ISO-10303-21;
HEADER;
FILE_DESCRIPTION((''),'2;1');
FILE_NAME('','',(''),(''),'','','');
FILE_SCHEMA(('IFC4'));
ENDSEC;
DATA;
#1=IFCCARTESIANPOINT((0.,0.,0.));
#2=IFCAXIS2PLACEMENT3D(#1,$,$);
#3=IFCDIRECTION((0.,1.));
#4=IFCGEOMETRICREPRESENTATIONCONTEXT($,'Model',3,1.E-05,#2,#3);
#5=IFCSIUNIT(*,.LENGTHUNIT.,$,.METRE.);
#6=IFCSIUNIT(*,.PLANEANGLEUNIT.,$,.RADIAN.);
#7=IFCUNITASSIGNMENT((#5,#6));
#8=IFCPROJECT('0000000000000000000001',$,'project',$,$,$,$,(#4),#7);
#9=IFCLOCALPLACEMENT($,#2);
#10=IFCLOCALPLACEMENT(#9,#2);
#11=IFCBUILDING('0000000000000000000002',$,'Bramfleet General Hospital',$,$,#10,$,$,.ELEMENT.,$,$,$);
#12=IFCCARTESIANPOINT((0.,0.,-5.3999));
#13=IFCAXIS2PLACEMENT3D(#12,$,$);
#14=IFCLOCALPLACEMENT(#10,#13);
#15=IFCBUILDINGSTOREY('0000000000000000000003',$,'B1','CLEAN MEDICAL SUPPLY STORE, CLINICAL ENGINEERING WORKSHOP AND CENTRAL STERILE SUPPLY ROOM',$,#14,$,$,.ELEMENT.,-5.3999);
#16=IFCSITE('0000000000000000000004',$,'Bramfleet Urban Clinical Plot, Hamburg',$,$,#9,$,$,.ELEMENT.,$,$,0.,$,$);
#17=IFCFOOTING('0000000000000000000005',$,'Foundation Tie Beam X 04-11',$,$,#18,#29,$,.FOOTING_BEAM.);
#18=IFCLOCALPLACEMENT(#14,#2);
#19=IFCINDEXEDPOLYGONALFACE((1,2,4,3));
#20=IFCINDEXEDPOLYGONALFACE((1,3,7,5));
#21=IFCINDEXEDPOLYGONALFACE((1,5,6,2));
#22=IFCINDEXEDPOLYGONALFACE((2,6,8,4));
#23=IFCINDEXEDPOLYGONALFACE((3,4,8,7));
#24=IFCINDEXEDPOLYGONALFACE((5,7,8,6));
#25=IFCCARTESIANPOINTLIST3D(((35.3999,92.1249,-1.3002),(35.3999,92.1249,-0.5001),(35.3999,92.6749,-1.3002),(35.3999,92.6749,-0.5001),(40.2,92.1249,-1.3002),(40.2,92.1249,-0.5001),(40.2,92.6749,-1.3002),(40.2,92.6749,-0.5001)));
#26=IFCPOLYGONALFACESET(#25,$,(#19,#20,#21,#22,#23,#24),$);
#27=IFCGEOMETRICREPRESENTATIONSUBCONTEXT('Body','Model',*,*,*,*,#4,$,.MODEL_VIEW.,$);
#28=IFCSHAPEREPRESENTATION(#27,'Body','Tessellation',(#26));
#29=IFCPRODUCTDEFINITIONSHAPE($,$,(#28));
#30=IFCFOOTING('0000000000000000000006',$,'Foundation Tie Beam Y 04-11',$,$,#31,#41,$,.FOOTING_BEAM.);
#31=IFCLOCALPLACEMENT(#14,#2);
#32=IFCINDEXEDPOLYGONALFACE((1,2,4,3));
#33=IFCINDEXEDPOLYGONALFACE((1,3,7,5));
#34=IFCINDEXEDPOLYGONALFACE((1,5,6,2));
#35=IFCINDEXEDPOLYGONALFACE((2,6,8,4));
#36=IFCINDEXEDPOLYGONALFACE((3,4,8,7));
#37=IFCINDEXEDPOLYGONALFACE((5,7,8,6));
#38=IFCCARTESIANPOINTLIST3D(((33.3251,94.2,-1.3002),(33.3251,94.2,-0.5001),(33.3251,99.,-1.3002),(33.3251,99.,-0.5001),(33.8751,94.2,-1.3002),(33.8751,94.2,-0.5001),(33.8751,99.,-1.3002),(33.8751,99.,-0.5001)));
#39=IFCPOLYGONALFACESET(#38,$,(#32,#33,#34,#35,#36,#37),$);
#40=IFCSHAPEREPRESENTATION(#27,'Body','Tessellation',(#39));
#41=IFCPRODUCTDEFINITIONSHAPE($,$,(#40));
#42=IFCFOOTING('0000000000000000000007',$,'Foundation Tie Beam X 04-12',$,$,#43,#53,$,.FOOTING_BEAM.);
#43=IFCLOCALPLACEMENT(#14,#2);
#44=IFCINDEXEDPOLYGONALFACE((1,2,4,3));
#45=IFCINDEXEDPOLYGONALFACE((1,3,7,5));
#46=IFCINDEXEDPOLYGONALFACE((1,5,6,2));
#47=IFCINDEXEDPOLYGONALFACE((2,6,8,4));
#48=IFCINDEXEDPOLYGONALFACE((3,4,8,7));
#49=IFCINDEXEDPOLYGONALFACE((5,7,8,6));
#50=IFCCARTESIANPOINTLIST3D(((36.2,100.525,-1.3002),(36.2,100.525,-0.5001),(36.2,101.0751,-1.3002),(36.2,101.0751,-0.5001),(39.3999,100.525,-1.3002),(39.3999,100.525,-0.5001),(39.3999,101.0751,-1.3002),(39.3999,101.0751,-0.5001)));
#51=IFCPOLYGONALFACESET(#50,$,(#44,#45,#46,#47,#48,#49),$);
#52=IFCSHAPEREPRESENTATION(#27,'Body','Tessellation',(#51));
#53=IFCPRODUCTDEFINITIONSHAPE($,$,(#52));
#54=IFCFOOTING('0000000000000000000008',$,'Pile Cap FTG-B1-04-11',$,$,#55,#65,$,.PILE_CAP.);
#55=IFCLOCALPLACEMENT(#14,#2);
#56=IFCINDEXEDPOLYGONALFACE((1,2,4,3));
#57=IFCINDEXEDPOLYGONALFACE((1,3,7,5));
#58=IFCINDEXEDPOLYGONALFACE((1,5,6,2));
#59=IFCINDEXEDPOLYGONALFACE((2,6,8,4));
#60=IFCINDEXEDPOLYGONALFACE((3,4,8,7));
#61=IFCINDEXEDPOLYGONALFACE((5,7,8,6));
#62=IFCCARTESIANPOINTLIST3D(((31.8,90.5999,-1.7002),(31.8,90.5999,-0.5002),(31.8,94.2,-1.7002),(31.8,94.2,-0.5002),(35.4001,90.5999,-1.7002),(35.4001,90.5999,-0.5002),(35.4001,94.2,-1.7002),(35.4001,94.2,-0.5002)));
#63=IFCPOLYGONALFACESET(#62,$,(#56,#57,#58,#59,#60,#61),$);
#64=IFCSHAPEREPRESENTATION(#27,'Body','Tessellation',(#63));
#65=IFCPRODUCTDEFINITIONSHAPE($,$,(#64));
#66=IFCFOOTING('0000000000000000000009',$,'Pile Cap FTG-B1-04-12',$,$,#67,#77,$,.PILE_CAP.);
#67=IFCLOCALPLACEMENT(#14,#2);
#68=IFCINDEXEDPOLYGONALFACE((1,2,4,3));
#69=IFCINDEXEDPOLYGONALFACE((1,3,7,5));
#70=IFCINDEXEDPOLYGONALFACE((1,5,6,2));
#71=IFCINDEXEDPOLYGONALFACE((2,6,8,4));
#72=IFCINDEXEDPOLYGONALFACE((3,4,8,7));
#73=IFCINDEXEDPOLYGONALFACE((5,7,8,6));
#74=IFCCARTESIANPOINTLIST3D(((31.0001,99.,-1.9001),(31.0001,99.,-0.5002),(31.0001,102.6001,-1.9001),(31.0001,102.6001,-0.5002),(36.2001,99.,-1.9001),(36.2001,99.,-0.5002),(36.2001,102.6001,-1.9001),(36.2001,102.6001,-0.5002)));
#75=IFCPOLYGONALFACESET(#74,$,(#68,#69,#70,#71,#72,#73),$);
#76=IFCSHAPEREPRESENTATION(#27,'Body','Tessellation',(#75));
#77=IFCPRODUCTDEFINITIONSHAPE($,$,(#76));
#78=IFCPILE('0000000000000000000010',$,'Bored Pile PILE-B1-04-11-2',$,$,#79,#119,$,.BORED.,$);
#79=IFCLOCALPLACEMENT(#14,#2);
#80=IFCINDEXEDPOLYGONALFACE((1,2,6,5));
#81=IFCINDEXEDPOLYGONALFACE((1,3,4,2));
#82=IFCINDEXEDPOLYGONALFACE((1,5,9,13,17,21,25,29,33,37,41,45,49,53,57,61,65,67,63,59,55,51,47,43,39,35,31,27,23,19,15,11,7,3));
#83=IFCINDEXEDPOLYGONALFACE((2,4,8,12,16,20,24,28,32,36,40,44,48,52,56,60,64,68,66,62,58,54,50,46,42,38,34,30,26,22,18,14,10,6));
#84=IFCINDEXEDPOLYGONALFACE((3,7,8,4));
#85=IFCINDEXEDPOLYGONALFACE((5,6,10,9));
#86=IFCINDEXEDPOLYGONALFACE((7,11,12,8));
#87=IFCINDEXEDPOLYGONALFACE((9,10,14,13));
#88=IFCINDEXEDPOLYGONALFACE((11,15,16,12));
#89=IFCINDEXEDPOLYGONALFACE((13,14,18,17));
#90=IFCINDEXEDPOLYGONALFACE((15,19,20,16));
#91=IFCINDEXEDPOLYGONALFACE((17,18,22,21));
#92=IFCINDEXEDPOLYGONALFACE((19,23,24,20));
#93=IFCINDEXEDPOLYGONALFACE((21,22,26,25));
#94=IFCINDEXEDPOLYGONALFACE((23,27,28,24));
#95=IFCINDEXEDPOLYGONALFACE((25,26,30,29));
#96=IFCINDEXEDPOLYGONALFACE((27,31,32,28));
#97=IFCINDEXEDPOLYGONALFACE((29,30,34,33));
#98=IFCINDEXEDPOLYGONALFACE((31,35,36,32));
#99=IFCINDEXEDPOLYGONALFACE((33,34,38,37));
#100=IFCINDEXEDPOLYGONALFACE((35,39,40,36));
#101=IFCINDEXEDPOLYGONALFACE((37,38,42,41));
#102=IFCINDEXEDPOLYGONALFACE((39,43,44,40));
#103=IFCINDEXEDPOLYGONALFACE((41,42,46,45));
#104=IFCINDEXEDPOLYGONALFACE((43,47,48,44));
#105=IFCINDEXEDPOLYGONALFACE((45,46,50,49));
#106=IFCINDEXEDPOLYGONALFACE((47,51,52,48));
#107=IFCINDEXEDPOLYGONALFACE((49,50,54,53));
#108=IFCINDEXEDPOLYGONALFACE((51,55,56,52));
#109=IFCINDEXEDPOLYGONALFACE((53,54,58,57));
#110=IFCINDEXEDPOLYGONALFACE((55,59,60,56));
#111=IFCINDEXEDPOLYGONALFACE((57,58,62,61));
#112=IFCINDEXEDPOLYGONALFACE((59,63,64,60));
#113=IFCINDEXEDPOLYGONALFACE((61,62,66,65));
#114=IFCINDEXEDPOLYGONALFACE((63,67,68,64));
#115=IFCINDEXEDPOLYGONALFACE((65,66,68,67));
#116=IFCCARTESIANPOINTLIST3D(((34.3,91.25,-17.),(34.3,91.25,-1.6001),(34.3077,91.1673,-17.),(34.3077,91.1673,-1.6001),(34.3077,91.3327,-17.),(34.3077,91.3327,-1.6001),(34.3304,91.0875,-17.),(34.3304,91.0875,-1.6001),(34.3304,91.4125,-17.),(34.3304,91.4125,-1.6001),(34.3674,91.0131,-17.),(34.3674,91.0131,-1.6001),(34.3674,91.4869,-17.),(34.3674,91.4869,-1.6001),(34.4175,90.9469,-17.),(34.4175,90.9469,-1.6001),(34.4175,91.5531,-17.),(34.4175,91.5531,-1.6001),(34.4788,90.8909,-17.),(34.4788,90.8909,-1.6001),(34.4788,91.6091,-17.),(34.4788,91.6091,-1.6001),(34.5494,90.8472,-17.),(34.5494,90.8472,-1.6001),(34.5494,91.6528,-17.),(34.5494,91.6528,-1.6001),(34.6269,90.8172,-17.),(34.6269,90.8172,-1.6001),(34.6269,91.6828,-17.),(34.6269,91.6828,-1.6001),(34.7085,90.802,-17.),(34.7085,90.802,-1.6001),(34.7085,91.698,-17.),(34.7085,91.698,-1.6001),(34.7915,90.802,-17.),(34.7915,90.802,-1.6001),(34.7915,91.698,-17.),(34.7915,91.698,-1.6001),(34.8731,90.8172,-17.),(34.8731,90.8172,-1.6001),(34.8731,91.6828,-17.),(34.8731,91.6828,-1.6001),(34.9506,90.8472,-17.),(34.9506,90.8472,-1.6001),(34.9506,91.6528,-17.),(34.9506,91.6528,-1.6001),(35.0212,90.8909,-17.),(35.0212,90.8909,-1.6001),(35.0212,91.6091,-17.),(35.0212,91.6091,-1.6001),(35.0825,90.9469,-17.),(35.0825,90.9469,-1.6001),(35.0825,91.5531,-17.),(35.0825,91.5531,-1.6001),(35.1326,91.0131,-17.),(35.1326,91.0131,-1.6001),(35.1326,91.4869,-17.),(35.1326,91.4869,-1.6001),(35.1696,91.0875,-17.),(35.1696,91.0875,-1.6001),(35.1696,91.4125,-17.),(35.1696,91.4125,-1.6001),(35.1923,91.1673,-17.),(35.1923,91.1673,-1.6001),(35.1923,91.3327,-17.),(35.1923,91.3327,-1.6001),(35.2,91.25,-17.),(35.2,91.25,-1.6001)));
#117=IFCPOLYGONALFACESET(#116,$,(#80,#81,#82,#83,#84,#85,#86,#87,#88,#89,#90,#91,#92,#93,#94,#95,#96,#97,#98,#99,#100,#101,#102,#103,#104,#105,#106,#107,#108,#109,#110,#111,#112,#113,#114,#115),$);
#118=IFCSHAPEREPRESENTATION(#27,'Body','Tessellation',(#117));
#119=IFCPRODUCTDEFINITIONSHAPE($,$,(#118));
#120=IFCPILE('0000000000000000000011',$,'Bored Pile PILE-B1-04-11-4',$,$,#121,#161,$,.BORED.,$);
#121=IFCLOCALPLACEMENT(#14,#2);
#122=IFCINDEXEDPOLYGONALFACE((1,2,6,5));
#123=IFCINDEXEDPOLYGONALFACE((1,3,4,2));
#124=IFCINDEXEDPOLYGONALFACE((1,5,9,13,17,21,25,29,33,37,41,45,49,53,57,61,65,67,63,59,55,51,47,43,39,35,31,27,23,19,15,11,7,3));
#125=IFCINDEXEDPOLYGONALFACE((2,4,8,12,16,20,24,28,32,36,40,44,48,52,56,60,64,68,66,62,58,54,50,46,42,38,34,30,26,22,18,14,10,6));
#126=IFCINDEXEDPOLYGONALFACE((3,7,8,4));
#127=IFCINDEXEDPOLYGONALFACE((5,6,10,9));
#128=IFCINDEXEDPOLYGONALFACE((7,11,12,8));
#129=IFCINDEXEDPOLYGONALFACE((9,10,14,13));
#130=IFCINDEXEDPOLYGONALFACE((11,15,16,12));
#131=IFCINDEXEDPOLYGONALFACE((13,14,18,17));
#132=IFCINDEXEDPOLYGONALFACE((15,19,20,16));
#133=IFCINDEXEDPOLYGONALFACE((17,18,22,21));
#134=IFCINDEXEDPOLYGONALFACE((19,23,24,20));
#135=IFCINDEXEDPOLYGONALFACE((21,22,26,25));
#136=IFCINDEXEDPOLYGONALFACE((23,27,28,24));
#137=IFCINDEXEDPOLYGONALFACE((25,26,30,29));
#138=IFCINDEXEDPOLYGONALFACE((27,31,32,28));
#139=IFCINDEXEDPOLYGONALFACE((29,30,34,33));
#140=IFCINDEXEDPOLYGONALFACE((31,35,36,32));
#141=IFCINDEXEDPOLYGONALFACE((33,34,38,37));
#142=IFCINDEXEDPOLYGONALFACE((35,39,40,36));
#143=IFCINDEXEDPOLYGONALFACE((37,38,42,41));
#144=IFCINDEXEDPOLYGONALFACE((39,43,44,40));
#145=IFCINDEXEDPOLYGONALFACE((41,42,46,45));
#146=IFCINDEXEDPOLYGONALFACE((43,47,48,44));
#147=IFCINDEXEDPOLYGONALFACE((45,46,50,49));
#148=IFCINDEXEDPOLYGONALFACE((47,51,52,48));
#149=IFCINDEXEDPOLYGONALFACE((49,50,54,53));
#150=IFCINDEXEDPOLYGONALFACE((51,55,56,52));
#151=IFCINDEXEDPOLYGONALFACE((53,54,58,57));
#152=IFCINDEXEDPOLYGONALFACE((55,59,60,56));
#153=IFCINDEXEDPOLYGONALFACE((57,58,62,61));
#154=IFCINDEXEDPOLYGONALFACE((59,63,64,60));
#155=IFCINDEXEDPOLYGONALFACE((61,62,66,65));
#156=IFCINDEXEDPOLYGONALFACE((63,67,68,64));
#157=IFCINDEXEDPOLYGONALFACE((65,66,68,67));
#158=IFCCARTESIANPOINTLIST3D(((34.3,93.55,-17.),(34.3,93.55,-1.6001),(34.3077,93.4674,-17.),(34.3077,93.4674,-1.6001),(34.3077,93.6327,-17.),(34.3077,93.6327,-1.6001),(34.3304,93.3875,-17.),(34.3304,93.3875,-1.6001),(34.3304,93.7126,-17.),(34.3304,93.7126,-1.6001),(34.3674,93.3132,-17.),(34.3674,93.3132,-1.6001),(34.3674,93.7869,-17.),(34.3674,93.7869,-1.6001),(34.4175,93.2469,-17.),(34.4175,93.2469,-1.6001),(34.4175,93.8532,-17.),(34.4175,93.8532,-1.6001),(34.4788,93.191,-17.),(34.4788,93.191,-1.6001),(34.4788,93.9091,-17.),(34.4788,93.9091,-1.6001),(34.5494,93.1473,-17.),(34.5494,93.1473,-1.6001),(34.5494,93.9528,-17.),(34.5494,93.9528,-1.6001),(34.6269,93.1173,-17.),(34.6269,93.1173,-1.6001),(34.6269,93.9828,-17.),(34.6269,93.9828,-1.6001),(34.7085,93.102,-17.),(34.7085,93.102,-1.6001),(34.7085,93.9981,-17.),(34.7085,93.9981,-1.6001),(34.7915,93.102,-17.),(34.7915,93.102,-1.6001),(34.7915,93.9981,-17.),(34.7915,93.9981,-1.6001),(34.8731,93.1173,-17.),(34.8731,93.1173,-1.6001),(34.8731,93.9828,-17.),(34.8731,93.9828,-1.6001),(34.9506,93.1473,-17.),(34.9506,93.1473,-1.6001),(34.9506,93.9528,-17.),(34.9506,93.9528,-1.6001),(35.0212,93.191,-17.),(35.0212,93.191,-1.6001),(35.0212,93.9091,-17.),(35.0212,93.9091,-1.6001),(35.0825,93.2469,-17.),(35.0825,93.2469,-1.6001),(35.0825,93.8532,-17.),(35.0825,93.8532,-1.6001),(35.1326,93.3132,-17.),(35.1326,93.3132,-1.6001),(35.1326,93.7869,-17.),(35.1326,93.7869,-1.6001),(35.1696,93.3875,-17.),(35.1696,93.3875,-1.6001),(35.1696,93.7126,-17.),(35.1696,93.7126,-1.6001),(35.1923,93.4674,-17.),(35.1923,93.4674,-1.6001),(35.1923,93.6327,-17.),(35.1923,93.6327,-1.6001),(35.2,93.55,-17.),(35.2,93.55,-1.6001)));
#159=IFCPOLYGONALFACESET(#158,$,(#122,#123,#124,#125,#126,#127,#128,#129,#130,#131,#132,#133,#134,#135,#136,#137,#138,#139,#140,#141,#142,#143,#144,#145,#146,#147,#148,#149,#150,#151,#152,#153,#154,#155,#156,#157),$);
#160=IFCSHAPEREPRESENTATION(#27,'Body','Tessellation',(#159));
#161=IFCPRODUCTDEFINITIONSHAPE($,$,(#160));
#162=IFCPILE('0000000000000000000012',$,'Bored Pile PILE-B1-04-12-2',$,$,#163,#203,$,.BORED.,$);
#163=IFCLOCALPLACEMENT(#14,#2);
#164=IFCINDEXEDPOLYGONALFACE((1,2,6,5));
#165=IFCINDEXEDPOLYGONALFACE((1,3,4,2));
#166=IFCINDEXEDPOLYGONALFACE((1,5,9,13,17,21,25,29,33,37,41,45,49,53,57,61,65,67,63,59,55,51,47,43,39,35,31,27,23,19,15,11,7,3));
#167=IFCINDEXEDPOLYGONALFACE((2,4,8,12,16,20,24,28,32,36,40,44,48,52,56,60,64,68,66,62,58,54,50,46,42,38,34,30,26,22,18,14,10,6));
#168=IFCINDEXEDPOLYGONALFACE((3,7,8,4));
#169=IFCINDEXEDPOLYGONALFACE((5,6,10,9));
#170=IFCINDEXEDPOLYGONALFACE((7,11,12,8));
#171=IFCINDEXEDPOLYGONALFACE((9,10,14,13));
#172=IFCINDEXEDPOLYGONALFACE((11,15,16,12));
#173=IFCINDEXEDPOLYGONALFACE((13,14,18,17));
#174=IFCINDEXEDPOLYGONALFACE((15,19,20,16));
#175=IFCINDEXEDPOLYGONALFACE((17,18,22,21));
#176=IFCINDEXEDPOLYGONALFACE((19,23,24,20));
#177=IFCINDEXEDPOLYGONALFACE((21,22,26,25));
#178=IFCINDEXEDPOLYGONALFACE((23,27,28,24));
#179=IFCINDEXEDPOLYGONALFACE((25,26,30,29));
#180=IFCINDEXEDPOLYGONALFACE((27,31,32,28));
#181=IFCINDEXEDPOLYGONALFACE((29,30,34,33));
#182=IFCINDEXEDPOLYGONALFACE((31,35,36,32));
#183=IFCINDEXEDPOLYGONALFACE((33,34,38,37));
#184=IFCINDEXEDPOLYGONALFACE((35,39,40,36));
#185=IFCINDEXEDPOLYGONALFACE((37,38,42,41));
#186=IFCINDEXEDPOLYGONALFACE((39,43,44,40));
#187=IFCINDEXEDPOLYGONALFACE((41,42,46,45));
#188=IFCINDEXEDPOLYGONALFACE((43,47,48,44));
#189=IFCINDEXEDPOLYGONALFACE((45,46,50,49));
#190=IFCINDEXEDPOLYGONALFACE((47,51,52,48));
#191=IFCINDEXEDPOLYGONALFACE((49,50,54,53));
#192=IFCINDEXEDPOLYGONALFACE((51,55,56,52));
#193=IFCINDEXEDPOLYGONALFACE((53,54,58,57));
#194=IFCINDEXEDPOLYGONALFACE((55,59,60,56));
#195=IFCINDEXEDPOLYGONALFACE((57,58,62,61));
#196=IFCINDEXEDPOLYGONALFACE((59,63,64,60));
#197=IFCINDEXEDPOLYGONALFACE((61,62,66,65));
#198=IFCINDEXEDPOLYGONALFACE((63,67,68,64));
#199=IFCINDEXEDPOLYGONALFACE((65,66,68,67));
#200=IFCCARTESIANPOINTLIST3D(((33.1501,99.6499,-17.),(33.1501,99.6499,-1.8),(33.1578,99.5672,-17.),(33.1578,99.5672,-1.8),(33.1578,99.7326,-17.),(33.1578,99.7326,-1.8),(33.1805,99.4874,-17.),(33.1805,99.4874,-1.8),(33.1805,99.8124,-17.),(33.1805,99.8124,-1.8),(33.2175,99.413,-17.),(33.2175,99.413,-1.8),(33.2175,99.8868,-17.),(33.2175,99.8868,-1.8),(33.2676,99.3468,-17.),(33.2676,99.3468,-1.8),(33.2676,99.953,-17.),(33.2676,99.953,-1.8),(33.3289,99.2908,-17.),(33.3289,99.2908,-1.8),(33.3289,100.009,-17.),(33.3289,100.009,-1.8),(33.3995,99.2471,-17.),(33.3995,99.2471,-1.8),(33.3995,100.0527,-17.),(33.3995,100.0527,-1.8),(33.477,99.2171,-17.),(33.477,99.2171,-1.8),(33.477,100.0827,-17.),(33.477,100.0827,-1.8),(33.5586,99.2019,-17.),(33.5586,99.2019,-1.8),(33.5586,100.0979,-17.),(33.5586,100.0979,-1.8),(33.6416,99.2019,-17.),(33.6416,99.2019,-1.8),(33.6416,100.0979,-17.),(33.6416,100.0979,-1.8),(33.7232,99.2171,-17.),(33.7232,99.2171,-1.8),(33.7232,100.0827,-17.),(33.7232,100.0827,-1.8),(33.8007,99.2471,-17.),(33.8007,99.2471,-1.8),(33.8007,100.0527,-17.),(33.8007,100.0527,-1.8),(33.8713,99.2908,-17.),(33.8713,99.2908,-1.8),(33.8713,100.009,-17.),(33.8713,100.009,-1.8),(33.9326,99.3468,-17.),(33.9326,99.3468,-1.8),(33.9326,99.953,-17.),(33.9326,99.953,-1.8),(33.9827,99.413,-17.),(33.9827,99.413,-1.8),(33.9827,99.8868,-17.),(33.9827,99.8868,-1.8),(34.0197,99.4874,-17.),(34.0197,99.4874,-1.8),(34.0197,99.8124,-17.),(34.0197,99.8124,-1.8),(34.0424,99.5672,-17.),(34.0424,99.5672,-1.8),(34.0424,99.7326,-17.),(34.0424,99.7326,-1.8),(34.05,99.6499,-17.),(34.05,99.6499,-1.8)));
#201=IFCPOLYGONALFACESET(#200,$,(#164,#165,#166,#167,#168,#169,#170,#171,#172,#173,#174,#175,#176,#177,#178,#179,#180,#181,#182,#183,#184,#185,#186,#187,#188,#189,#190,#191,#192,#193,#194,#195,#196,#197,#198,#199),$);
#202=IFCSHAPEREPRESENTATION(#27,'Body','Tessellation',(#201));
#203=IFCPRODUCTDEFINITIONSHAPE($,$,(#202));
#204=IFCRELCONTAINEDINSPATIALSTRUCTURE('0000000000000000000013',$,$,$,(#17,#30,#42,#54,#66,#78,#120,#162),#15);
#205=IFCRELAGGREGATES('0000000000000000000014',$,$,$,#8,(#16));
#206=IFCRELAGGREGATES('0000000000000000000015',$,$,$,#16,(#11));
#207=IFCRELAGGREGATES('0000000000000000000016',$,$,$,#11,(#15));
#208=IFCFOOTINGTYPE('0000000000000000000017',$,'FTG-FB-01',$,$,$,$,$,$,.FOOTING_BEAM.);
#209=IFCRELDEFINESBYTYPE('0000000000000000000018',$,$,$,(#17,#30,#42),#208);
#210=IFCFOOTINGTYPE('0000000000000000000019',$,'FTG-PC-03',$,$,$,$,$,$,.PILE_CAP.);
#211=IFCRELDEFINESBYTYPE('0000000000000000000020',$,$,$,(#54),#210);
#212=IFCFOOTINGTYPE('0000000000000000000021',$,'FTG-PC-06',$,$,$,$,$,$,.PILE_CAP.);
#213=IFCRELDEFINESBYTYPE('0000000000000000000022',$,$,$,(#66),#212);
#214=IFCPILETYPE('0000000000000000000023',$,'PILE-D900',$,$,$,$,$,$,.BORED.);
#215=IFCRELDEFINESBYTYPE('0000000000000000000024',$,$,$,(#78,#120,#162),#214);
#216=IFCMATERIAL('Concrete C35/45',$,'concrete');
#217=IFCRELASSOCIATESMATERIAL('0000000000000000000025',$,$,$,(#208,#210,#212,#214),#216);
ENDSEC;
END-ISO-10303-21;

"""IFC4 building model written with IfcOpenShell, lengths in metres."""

from ifc_helpers import new_model, si_unit, direction, frame, origin, origin_2d, place, context, subcontext, project, spatial, rectangle, circle, extrude, material, material_profile, profile_set, type_object, element, save


model = new_model("IFC4")

# Units and contexts
model_context = context("Model", 3, precision=1e-05, world=origin(), true_north=direction((0.0, 1.0)))
body_context = subcontext(model_context, "Body", "Model", "MODEL_VIEW")
ifc_project = project(units=[si_unit("LENGTHUNIT", "METRE"), si_unit("PLANEANGLEUNIT", "RADIAN")], contexts=[model_context])

# Site, building, storey
site_placement = place(None, origin())
site = spatial("IfcSite", under=ifc_project, at=site_placement, Name="Bramfleet Urban Clinical Plot, Hamburg", CompositionType="ELEMENT", RefElevation=0.0)
building_placement = place(site_placement, origin())
building = spatial("IfcBuilding", under=site, at=building_placement, Name="Bramfleet General Hospital", CompositionType="ELEMENT")
storey_placement = place(building_placement, frame((0.0, 0.0, -5.3999)))
storey = spatial("IfcBuildingStorey", under=building, at=storey_placement, Name="B1", Description="CLEAN MEDICAL SUPPLY STORE, CLINICAL ENGINEERING WORKSHOP AND CENTRAL STERILE SUPPLY ROOM", CompositionType="ELEMENT", Elevation=-5.3999)

# Footings
ifc_material_1 = material(Name="Concrete C35/45", Category="concrete")
ifc_material_profile_1 = material_profile(ifc_material_1, rectangle(XDim=0.55, YDim=0.8, at=origin_2d()), Name="RC FB 800x550")
ifc_profile_set_1 = profile_set([ifc_material_profile_1], Name="Concrete C35/45")
footing_type_1 = type_object("IfcFootingType", Name="FTG-FB-01", PredefinedType="FOOTING_BEAM", material=ifc_profile_set_1)
for number, where, z_axis, x_axis, name in (
    (1, (35.3999, 92.3999, -0.9001), (1.0, 0.0, 0.0), (0.0, 1.0, 0.0), "Foundation Tie Beam X 04-11"),
    (2, (33.6001, 94.2, -0.9001), (0.0, 1.0, 0.0), (-1.0, 0.0, 0.0), "Foundation Tie Beam Y 04-11"),
):
    element("IfcFooting", number, at=place(storey_placement, frame(where, z_axis=z_axis, x_axis=x_axis)), inside=storey, type_object=footing_type_1, Name=name, PredefinedType="FOOTING_BEAM", context=body_context, shape_type="SweptSolid", body=[
        extrude(rectangle(XDim=0.55, YDim=0.8, at=origin_2d()), origin(), (0.0, 0.0, 1.0), 4.8),
    ])
footing_1_placement = place(storey_placement, frame((36.2, 100.8, -0.9001), z_axis=(1.0, 0.0, 0.0), x_axis=(0.0, 1.0, 0.0)))
element("IfcFooting", 3, at=footing_1_placement, inside=storey, type_object=footing_type_1, Name="Foundation Tie Beam X 04-12", PredefinedType="FOOTING_BEAM", context=body_context, shape_type="SweptSolid", body=[
    extrude(rectangle(XDim=0.55, YDim=0.8, at=origin_2d()), origin(), (0.0, 0.0, 1.0), 3.2),
])
footing_type_2 = type_object("IfcFootingType", Name="FTG-PC-03", PredefinedType="PILE_CAP", material=ifc_material_1)
footing_2_placement = place(storey_placement, frame((33.6001, 92.3999, -1.7002), z_axis=(0.0, 0.0, 1.0), x_axis=(1.0, 0.0, 0.0)))
element("IfcFooting", 4, at=footing_2_placement, inside=storey, type_object=footing_type_2, Name="Pile Cap FTG-B1-04-11", PredefinedType="PILE_CAP", context=body_context, shape_type="SweptSolid", body=[
    extrude(rectangle(XDim=3.6001, YDim=3.6001, at=origin_2d()), origin(), (0.0, 0.0, 1.0), 1.2),
])
footing_type_3 = type_object("IfcFootingType", Name="FTG-PC-06", PredefinedType="PILE_CAP", material=ifc_material_1)
footing_3_placement = place(storey_placement, frame((33.6001, 100.8, -1.9001), z_axis=(0.0, 0.0, 1.0), x_axis=(1.0, 0.0, 0.0)))
element("IfcFooting", 5, at=footing_3_placement, inside=storey, type_object=footing_type_3, Name="Pile Cap FTG-B1-04-12", PredefinedType="PILE_CAP", context=body_context, shape_type="SweptSolid", body=[
    extrude(rectangle(XDim=5.2, YDim=3.6001, at=origin_2d()), origin(), (0.0, 0.0, 1.0), 1.3999),
])

# Piles
ifc_material_profile_2 = material_profile(ifc_material_1, circle(Radius=0.45, at=origin_2d()), Name="PILE BORED D900")
ifc_profile_set_2 = profile_set([ifc_material_profile_2], Name="Concrete C35/45")
pile_type = type_object("IfcPileType", Name="PILE-D900", PredefinedType="BORED", material=ifc_profile_set_2)
for number, where, z_axis, x_axis, name in (
    (6, (34.75, 91.25, -1.6001), (0.0, 0.0, -1.0), (1.0, 0.0, 0.0), "Bored Pile PILE-B1-04-11-2"),
    (7, (34.75, 93.55, -1.6001), (0.0, 0.0, -1.0), (1.0, 0.0, 0.0), "Bored Pile PILE-B1-04-11-4"),
):
    element("IfcPile", number, at=place(storey_placement, frame(where, z_axis=z_axis, x_axis=x_axis)), inside=storey, type_object=pile_type, Name=name, PredefinedType="BORED", context=body_context, shape_type="SweptSolid", body=[
        extrude(circle(Radius=0.45, at=origin_2d()), origin(), (0.0, 0.0, 1.0), 15.3999),
    ])
for number, where, z_axis, x_axis, name in (
    (8, (33.6001, 99.6499, -1.8), (0.0, 0.0, -1.0), (1.0, 0.0, 0.0), "Bored Pile PILE-B1-04-12-2"),
):
    element("IfcPile", number, at=place(storey_placement, frame(where, z_axis=z_axis, x_axis=x_axis)), inside=storey, type_object=pile_type, Name=name, PredefinedType="BORED", context=body_context, shape_type="SweptSolid", body=[
        extrude(circle(Radius=0.45, at=origin_2d()), origin(), (0.0, 0.0, 1.0), 15.2),
    ])

save(model, "model.ifc")
